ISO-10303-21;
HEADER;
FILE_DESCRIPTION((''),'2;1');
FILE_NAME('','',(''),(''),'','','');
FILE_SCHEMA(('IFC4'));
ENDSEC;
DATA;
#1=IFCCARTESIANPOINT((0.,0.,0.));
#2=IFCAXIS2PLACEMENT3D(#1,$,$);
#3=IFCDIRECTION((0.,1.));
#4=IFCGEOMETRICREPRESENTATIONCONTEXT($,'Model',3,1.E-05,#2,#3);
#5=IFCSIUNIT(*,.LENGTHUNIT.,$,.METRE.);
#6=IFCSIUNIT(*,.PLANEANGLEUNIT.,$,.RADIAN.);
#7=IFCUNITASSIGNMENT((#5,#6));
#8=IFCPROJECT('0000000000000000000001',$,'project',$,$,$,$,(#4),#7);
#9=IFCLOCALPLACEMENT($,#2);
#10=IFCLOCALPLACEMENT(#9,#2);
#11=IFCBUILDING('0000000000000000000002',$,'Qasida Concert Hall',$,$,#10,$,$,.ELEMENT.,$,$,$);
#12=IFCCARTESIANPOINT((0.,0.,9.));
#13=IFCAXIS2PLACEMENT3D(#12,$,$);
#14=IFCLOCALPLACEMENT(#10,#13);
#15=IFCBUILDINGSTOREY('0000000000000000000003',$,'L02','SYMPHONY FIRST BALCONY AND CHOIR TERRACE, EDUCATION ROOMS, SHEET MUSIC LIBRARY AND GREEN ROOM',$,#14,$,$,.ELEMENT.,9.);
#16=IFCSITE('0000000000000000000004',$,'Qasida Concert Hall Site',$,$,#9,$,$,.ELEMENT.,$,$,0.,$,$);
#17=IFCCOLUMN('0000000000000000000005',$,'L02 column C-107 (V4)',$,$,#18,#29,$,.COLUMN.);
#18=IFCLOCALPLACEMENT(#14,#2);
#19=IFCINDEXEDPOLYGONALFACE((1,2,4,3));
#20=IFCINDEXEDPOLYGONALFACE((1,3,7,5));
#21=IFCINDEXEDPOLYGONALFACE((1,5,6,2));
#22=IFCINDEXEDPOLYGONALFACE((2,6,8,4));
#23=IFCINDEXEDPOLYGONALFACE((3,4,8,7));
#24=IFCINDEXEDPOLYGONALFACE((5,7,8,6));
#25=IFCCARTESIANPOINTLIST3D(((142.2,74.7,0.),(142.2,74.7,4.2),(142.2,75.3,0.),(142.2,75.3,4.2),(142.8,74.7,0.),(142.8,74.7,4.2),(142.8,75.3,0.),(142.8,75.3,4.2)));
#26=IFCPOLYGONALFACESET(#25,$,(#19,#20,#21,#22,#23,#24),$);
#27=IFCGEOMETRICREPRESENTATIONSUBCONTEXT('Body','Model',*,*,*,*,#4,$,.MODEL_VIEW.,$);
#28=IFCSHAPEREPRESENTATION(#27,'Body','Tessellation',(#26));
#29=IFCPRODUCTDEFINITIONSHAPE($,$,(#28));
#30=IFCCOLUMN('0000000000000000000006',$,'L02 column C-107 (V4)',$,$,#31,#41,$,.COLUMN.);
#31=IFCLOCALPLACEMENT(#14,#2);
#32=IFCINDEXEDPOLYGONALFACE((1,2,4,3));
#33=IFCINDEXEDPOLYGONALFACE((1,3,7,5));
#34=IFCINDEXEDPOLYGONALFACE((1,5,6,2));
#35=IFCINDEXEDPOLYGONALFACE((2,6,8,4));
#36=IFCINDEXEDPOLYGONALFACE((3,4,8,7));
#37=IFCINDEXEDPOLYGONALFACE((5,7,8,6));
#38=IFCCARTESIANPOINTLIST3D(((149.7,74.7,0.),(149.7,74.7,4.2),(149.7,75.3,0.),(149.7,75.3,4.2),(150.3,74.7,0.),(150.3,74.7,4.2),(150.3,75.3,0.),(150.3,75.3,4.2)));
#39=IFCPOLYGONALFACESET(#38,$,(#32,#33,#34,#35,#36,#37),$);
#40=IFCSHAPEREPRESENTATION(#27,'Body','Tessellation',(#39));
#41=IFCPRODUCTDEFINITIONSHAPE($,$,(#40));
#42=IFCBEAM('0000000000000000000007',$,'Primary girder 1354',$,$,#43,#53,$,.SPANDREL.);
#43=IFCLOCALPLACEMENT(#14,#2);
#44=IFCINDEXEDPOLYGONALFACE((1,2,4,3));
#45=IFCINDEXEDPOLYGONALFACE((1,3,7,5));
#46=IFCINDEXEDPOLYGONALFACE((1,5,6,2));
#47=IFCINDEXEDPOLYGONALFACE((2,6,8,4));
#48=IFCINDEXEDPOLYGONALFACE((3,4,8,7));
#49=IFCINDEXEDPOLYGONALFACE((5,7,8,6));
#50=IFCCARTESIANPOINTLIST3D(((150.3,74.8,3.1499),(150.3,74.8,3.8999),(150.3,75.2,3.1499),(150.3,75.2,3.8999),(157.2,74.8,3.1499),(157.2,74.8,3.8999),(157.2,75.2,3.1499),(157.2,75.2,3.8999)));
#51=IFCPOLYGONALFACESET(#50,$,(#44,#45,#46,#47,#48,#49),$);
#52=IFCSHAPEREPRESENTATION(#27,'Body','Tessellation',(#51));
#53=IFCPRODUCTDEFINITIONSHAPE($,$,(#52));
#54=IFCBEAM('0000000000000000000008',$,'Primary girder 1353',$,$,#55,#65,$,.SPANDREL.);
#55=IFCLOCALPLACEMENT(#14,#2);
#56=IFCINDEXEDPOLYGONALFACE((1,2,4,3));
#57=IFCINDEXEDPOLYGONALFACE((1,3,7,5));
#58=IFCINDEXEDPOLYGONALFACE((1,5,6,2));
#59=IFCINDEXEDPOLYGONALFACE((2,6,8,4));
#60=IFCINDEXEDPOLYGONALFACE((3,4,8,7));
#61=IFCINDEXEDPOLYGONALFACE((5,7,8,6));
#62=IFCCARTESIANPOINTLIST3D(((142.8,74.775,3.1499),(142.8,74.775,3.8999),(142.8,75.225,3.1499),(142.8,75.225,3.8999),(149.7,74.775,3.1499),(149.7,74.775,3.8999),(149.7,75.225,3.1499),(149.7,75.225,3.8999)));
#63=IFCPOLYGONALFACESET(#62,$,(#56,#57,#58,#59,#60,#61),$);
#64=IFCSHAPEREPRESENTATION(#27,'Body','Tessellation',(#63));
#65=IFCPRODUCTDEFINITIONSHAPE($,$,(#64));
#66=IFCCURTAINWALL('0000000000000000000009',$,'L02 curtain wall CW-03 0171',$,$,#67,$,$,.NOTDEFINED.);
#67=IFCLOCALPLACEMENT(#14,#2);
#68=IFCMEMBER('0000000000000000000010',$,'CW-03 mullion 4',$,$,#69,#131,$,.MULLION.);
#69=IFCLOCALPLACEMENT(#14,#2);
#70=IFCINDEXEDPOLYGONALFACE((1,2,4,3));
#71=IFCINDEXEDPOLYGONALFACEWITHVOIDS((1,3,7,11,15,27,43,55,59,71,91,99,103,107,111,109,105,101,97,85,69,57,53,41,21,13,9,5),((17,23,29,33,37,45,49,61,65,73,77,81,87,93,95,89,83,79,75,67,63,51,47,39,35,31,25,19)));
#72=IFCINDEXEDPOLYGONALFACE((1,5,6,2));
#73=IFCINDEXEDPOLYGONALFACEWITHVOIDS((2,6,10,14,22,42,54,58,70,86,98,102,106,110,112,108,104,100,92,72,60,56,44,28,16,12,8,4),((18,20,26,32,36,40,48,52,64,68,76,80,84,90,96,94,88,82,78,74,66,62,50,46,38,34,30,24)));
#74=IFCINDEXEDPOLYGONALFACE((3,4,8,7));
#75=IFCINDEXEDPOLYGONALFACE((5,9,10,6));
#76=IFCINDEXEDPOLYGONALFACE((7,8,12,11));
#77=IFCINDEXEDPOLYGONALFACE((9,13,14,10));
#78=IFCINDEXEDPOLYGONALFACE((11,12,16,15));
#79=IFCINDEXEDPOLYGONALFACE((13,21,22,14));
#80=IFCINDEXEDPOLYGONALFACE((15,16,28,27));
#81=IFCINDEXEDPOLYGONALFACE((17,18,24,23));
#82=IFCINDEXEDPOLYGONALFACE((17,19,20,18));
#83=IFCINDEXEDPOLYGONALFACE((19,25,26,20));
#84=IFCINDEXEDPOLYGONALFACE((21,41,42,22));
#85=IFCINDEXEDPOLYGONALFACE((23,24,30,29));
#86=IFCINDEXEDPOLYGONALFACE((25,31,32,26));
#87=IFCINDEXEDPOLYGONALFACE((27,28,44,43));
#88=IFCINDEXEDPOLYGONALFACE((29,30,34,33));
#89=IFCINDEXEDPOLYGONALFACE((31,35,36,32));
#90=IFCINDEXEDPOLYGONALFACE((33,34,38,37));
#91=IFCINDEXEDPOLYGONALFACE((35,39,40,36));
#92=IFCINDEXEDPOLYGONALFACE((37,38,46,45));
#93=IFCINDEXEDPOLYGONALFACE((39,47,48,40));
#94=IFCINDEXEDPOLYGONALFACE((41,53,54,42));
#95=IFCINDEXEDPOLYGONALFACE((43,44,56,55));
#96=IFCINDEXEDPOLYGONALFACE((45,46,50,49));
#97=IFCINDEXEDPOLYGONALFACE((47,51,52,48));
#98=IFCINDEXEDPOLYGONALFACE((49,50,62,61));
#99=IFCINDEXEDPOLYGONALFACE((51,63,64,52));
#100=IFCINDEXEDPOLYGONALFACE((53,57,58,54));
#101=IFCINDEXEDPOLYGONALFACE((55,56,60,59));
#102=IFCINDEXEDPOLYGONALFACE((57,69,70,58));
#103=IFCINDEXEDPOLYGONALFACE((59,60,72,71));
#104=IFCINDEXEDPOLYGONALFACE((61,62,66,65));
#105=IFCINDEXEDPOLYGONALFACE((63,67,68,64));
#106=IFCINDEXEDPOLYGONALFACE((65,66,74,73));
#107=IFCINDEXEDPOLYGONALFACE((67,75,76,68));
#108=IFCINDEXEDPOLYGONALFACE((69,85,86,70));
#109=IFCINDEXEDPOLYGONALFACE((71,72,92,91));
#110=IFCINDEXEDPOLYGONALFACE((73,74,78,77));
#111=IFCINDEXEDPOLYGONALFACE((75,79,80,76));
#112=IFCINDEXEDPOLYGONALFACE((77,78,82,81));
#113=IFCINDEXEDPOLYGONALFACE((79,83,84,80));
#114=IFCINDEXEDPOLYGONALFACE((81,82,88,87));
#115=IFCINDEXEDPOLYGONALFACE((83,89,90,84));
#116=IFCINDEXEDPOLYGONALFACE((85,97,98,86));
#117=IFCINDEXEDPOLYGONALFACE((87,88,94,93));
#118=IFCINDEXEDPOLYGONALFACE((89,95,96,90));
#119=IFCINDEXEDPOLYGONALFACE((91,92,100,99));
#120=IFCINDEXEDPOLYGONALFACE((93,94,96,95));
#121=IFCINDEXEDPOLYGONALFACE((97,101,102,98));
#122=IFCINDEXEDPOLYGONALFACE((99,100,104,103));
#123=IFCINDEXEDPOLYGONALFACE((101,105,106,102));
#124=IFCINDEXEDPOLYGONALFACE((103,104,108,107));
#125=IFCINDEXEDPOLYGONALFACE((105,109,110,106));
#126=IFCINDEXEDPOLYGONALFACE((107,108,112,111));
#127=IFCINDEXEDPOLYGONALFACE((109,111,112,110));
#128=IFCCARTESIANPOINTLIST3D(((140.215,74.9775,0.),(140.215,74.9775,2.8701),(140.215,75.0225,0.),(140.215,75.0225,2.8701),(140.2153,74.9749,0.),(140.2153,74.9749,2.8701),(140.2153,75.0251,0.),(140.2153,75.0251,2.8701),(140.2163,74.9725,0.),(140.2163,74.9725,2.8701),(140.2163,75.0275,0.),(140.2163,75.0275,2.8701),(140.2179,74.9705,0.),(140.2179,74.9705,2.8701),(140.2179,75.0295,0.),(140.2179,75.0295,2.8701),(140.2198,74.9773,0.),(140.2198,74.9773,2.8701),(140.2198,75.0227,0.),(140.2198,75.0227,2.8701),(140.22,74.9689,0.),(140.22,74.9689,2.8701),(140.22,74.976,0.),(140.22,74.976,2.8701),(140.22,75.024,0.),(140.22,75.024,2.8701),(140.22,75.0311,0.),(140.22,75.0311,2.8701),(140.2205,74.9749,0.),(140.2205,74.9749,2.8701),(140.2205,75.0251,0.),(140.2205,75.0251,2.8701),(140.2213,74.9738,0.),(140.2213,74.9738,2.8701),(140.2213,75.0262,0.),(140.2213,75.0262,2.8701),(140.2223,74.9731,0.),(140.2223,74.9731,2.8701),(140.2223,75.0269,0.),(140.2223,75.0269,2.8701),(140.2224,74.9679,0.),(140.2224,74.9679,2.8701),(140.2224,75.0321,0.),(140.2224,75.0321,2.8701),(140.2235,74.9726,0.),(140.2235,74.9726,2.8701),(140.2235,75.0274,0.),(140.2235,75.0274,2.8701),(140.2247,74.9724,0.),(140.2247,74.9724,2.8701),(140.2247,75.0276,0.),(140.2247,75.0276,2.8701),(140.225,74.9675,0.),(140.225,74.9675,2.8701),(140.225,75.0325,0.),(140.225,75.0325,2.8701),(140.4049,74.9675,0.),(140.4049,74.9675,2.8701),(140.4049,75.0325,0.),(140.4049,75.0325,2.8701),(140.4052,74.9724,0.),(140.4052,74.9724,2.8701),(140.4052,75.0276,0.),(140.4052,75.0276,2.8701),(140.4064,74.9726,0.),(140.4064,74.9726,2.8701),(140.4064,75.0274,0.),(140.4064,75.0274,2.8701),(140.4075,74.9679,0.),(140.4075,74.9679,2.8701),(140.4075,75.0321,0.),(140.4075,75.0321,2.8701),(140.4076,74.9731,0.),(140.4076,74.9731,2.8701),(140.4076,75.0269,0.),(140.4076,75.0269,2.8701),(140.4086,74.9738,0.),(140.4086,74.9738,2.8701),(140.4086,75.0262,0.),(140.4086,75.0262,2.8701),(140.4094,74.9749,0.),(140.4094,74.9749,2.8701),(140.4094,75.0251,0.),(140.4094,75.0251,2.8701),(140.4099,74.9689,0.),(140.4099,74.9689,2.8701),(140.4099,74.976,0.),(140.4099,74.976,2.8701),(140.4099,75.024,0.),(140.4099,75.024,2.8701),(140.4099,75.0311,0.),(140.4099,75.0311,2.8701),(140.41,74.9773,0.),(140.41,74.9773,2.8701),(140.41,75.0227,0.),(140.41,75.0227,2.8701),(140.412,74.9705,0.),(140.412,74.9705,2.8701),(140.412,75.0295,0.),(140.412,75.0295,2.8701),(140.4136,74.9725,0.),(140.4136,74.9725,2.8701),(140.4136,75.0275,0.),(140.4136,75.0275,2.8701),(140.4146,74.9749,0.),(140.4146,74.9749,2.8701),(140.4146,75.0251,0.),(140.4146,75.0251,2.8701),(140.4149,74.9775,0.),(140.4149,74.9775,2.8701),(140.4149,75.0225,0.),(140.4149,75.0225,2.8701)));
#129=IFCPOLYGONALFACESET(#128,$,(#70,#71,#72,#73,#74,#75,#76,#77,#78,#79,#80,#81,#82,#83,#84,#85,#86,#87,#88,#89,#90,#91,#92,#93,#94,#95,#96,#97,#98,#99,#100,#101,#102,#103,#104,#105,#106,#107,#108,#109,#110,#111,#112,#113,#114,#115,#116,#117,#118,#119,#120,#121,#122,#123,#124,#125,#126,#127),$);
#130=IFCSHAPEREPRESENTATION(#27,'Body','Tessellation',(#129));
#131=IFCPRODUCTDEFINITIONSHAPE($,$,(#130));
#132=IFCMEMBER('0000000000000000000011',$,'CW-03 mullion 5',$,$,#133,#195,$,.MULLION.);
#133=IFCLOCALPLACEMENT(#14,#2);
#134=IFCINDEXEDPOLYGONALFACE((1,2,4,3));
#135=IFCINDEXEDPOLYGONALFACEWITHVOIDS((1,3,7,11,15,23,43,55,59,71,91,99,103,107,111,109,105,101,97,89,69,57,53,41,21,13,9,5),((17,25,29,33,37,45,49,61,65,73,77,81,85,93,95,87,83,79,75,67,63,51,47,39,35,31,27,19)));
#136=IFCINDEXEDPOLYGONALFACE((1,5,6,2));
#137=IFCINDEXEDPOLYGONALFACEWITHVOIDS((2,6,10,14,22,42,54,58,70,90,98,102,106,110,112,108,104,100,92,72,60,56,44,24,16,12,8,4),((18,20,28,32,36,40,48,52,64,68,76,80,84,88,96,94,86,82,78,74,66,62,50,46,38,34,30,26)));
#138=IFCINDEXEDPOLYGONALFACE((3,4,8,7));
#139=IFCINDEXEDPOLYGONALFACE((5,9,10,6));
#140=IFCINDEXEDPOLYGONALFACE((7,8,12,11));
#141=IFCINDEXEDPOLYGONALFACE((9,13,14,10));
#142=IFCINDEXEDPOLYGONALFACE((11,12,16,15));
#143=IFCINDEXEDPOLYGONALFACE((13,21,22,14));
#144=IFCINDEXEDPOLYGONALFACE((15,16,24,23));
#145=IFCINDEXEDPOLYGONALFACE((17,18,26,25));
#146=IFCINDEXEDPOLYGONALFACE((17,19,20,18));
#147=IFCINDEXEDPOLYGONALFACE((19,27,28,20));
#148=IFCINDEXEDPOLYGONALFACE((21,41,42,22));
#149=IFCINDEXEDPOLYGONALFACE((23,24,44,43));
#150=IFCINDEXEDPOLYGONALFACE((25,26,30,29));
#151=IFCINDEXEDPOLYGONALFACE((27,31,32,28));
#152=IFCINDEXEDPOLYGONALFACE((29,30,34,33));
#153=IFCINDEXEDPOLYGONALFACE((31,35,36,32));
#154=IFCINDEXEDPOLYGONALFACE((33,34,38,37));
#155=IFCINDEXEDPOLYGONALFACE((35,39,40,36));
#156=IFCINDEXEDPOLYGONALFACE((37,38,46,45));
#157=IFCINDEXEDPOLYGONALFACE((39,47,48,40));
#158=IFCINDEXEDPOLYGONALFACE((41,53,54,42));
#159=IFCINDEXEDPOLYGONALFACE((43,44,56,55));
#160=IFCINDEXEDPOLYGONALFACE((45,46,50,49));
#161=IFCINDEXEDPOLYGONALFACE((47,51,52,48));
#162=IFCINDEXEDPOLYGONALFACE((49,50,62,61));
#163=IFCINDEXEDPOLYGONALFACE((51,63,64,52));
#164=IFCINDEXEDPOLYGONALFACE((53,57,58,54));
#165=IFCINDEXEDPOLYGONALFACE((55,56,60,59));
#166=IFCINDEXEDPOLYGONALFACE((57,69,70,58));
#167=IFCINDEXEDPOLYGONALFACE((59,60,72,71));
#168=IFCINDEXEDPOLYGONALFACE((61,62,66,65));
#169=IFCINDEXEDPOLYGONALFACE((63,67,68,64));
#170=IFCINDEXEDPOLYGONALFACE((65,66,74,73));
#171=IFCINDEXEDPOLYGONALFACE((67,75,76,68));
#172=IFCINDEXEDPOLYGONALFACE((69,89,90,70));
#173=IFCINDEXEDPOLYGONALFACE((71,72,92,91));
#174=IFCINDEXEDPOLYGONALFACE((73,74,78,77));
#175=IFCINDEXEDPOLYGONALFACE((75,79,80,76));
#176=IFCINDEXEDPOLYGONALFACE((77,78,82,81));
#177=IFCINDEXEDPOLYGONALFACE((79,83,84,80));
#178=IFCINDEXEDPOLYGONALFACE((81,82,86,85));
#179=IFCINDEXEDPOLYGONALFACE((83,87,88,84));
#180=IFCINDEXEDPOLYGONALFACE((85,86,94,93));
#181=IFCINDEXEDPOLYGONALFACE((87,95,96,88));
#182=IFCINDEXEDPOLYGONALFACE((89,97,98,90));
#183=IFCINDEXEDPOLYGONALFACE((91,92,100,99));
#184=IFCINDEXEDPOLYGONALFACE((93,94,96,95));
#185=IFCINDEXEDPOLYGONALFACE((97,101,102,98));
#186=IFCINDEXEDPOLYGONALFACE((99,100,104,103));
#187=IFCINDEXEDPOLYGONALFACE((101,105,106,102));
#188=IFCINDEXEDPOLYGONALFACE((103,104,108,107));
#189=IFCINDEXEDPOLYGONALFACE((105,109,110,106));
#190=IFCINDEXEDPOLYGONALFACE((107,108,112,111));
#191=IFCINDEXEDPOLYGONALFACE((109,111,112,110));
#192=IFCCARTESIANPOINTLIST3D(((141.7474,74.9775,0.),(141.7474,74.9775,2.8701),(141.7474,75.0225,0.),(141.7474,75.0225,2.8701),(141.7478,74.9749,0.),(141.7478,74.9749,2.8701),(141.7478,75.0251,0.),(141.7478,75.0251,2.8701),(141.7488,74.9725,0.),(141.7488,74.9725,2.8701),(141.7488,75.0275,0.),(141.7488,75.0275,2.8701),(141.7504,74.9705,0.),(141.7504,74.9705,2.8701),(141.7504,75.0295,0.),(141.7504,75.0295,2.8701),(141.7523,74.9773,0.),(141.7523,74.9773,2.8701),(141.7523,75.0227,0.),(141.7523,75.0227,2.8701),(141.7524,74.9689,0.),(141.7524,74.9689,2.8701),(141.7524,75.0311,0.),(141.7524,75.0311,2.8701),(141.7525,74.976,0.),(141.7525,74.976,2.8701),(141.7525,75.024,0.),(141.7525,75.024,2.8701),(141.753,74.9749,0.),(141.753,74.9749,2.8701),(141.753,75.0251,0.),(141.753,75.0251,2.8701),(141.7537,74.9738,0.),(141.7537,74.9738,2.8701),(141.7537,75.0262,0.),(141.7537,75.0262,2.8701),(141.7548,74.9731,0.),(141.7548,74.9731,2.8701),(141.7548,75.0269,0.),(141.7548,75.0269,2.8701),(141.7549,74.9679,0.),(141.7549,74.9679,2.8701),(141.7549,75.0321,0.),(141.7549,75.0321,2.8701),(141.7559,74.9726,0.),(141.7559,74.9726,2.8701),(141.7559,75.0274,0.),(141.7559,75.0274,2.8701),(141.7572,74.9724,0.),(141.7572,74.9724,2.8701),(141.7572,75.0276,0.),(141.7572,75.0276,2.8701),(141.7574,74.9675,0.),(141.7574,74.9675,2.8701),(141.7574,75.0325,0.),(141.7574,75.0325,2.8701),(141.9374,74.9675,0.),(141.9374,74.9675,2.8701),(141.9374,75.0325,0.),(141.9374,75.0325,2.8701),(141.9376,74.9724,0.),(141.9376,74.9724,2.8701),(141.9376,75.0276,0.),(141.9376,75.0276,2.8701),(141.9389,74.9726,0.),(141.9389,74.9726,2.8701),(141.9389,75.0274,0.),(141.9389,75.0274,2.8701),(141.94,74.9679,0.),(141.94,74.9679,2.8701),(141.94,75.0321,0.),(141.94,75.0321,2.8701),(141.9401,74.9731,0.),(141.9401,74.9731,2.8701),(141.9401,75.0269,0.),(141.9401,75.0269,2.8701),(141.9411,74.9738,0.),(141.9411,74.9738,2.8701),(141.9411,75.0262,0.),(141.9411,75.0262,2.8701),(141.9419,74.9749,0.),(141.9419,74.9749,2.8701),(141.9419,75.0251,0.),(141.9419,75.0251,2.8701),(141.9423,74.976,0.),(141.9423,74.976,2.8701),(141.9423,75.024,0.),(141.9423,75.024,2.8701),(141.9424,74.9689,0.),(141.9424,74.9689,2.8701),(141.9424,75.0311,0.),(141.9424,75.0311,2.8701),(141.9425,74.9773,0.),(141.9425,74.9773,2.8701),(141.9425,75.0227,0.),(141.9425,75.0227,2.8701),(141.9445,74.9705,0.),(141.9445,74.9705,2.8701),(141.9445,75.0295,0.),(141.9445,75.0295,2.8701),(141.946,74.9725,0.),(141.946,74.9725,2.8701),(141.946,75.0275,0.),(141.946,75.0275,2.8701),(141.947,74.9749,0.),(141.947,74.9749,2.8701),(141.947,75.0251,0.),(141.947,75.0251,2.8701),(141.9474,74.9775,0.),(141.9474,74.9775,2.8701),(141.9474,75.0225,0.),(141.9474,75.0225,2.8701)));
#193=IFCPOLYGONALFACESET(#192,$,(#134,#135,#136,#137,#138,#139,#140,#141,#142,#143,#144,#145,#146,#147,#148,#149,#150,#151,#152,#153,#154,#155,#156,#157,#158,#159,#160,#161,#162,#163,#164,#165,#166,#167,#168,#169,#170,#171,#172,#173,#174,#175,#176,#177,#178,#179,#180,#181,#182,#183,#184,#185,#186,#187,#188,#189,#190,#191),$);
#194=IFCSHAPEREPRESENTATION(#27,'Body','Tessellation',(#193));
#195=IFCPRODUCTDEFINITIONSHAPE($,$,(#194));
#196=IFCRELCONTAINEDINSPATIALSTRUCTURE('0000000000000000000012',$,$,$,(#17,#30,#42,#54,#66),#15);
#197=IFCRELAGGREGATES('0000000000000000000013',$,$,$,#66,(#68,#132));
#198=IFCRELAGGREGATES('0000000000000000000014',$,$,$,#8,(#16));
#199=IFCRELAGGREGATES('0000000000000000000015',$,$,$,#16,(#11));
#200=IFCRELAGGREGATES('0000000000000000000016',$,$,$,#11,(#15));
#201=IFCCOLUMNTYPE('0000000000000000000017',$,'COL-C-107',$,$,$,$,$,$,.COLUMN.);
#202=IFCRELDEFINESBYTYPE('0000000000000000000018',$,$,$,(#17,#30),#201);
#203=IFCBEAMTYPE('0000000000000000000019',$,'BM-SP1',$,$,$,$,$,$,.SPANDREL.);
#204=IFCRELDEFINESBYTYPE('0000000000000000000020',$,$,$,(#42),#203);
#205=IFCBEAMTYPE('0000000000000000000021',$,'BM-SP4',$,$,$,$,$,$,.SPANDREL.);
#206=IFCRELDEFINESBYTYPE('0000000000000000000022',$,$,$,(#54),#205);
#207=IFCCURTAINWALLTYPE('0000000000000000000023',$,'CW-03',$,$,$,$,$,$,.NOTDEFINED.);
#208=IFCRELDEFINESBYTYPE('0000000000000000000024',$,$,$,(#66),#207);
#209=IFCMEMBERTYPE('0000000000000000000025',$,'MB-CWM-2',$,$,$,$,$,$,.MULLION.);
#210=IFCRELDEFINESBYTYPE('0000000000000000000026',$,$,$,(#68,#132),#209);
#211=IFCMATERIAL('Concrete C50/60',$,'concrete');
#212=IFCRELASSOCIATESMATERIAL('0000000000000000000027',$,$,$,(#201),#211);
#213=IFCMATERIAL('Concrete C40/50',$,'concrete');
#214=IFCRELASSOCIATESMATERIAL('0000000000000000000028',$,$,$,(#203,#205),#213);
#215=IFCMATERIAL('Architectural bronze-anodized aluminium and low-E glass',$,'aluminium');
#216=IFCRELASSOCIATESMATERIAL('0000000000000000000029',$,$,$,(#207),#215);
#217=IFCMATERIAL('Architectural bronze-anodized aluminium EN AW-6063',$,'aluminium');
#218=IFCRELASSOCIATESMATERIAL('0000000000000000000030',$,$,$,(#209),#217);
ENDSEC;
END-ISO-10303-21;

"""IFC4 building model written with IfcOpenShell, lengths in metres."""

from ifc_helpers import new_model, si_unit, direction, frame, origin, origin_2d, place, context, subcontext, project, spatial, rectangle, hollow_rectangle, extrude, material, material_profile, profile_set, type_object, element, aggregate, save


model = new_model("IFC4")

# Units and contexts
model_context = context("Model", 3, precision=1e-05, world=origin(), true_north=direction((0.0, 1.0)))
body_context = subcontext(model_context, "Body", "Model", "MODEL_VIEW")
ifc_project = project(units=[si_unit("LENGTHUNIT", "METRE"), si_unit("PLANEANGLEUNIT", "RADIAN")], contexts=[model_context])

# Site, building, storey
site_placement = place(None, origin())
site = spatial("IfcSite", under=ifc_project, at=site_placement, Name="Qasida Concert Hall Site", CompositionType="ELEMENT", RefElevation=0.0)
building_placement = place(site_placement, origin())
building = spatial("IfcBuilding", under=site, at=building_placement, Name="Qasida Concert Hall", CompositionType="ELEMENT")
storey_placement = place(building_placement, frame((0.0, 0.0, 9.0)))
storey = spatial("IfcBuildingStorey", under=building, at=storey_placement, Name="L02", Description="SYMPHONY FIRST BALCONY AND CHOIR TERRACE, EDUCATION ROOMS, SHEET MUSIC LIBRARY AND GREEN ROOM", CompositionType="ELEMENT", Elevation=9.0)

# Columns
ifc_material_1 = material(Name="Concrete C50/60", Category="concrete")
ifc_material_profile_1 = material_profile(ifc_material_1, rectangle(XDim=0.6001, YDim=0.6001, at=origin_2d()), Name="RC 600x600")
ifc_profile_set_1 = profile_set([ifc_material_profile_1], Name="Concrete C50/60")
column_type = type_object("IfcColumnType", Name="COL-C-107", PredefinedType="COLUMN", material=ifc_profile_set_1)
for number, where, z_axis, x_axis, name in (
    (1, (142.5, 75.0, 0.0), (0.0, 0.0, 1.0), (1.0, 0.0, 0.0), "L02 column C-107 (V4)"),
    (2, (150.0, 75.0, 0.0), (0.0, 0.0, 1.0), (1.0, 0.0, 0.0), "L02 column C-107 (V4)"),
):
    element("IfcColumn", number, at=place(storey_placement, frame(where, z_axis=z_axis, x_axis=x_axis)), inside=storey, type_object=column_type, Name=name, PredefinedType="COLUMN", context=body_context, shape_type="SweptSolid", body=[
        extrude(rectangle(XDim=0.6001, YDim=0.6001, at=origin_2d()), origin(), (0.0, 0.0, 1.0), 4.2),
    ])

# Beams
ifc_material_2 = material(Name="Concrete C40/50", Category="concrete")
ifc_material_profile_2 = material_profile(ifc_material_2, rectangle(XDim=0.3999, YDim=0.75, at=origin_2d()), Name="RC 400x750")
ifc_profile_set_2 = profile_set([ifc_material_profile_2], Name="Concrete C40/50")
beam_type_1 = type_object("IfcBeamType", Name="BM-SP1", PredefinedType="SPANDREL", material=ifc_profile_set_2)
beam_1_placement = place(storey_placement, frame((150.3, 75.0, 3.5249), z_axis=(1.0, 0.0, 0.0), x_axis=(0.0, 1.0, 0.0)))
element("IfcBeam", 3, at=beam_1_placement, inside=storey, type_object=beam_type_1, Name="Primary girder 1354", PredefinedType="SPANDREL", context=body_context, shape_type="SweptSolid", body=[
    extrude(rectangle(XDim=0.3999, YDim=0.75, at=origin_2d()), origin(), (0.0, 0.0, 1.0), 6.8999),
])
ifc_material_profile_3 = material_profile(ifc_material_2, rectangle(XDim=0.45, YDim=0.75, at=origin_2d()), Name="RC 450x750")
ifc_profile_set_3 = profile_set([ifc_material_profile_3], Name="Concrete C40/50")
beam_type_2 = type_object("IfcBeamType", Name="BM-SP4", PredefinedType="SPANDREL", material=ifc_profile_set_3)
beam_2_placement = place(storey_placement, frame((142.8, 75.0, 3.5249), z_axis=(1.0, 0.0, 0.0), x_axis=(0.0, 1.0, 0.0)))
element("IfcBeam", 4, at=beam_2_placement, inside=storey, type_object=beam_type_2, Name="Primary girder 1353", PredefinedType="SPANDREL", context=body_context, shape_type="SweptSolid", body=[
    extrude(rectangle(XDim=0.45, YDim=0.75, at=origin_2d()), origin(), (0.0, 0.0, 1.0), 6.8999),
])

# Curtain wall, members
ifc_material_3 = material(Name="Architectural bronze-anodized aluminium and low-E glass", Category="aluminium")
curtain_wall_type = type_object("IfcCurtainWallType", Name="CW-03", PredefinedType="NOTDEFINED", material=ifc_material_3)
curtain_wall_1_placement = place(storey_placement, origin())
curtain_wall_1 = element("IfcCurtainWall", 5, at=curtain_wall_1_placement, inside=storey, type_object=curtain_wall_type, Name="L02 curtain wall CW-03 0171", PredefinedType="NOTDEFINED")
ifc_material_4 = material(Name="Architectural bronze-anodized aluminium EN AW-6063", Category="aluminium")
ifc_material_profile_4 = material_profile(ifc_material_4, hollow_rectangle(XDim=0.0649, YDim=0.2, WallThickness=0.0049, InnerFilletRadius=0.0049, OuterFilletRadius=0.01, at=origin_2d()), Name="CWM 200x65x5")
ifc_profile_set_4 = profile_set([ifc_material_profile_4], Name="Architectural bronze-anodized aluminium EN AW-6063")
member_type_1 = type_object("IfcMemberType", Name="MB-CWM-2", PredefinedType="MULLION", material=ifc_profile_set_4)
member_1_placement = place(storey_placement, frame((140.3149, 75.0, 0.0), z_axis=(0.0, 0.0, 1.0), x_axis=(0.0, 1.0, 0.0)))
member_1 = element("IfcMember", 6, at=member_1_placement, type_object=member_type_1, Name="CW-03 mullion 4", PredefinedType="MULLION", context=body_context, shape_type="SweptSolid", body=[
    extrude(hollow_rectangle(XDim=0.0649, YDim=0.2, WallThickness=0.0049, InnerFilletRadius=0.0049, OuterFilletRadius=0.01, at=origin_2d()), origin(), (0.0, 0.0, 1.0), 2.8701),
])
member_2_placement = place(storey_placement, frame((141.8474, 75.0, 0.0), z_axis=(0.0, 0.0, 1.0), x_axis=(0.0, 1.0, 0.0)))
member_2 = element("IfcMember", 7, at=member_2_placement, type_object=member_type_1, Name="CW-03 mullion 5", PredefinedType="MULLION", context=body_context, shape_type="SweptSolid", body=[
    extrude(hollow_rectangle(XDim=0.0649, YDim=0.2, WallThickness=0.0049, InnerFilletRadius=0.0049, OuterFilletRadius=0.01, at=origin_2d()), origin(), (0.0, 0.0, 1.0), 2.8701),
])

aggregate(curtain_wall_1, [member_1, member_2])

save(model, "model.ifc")
